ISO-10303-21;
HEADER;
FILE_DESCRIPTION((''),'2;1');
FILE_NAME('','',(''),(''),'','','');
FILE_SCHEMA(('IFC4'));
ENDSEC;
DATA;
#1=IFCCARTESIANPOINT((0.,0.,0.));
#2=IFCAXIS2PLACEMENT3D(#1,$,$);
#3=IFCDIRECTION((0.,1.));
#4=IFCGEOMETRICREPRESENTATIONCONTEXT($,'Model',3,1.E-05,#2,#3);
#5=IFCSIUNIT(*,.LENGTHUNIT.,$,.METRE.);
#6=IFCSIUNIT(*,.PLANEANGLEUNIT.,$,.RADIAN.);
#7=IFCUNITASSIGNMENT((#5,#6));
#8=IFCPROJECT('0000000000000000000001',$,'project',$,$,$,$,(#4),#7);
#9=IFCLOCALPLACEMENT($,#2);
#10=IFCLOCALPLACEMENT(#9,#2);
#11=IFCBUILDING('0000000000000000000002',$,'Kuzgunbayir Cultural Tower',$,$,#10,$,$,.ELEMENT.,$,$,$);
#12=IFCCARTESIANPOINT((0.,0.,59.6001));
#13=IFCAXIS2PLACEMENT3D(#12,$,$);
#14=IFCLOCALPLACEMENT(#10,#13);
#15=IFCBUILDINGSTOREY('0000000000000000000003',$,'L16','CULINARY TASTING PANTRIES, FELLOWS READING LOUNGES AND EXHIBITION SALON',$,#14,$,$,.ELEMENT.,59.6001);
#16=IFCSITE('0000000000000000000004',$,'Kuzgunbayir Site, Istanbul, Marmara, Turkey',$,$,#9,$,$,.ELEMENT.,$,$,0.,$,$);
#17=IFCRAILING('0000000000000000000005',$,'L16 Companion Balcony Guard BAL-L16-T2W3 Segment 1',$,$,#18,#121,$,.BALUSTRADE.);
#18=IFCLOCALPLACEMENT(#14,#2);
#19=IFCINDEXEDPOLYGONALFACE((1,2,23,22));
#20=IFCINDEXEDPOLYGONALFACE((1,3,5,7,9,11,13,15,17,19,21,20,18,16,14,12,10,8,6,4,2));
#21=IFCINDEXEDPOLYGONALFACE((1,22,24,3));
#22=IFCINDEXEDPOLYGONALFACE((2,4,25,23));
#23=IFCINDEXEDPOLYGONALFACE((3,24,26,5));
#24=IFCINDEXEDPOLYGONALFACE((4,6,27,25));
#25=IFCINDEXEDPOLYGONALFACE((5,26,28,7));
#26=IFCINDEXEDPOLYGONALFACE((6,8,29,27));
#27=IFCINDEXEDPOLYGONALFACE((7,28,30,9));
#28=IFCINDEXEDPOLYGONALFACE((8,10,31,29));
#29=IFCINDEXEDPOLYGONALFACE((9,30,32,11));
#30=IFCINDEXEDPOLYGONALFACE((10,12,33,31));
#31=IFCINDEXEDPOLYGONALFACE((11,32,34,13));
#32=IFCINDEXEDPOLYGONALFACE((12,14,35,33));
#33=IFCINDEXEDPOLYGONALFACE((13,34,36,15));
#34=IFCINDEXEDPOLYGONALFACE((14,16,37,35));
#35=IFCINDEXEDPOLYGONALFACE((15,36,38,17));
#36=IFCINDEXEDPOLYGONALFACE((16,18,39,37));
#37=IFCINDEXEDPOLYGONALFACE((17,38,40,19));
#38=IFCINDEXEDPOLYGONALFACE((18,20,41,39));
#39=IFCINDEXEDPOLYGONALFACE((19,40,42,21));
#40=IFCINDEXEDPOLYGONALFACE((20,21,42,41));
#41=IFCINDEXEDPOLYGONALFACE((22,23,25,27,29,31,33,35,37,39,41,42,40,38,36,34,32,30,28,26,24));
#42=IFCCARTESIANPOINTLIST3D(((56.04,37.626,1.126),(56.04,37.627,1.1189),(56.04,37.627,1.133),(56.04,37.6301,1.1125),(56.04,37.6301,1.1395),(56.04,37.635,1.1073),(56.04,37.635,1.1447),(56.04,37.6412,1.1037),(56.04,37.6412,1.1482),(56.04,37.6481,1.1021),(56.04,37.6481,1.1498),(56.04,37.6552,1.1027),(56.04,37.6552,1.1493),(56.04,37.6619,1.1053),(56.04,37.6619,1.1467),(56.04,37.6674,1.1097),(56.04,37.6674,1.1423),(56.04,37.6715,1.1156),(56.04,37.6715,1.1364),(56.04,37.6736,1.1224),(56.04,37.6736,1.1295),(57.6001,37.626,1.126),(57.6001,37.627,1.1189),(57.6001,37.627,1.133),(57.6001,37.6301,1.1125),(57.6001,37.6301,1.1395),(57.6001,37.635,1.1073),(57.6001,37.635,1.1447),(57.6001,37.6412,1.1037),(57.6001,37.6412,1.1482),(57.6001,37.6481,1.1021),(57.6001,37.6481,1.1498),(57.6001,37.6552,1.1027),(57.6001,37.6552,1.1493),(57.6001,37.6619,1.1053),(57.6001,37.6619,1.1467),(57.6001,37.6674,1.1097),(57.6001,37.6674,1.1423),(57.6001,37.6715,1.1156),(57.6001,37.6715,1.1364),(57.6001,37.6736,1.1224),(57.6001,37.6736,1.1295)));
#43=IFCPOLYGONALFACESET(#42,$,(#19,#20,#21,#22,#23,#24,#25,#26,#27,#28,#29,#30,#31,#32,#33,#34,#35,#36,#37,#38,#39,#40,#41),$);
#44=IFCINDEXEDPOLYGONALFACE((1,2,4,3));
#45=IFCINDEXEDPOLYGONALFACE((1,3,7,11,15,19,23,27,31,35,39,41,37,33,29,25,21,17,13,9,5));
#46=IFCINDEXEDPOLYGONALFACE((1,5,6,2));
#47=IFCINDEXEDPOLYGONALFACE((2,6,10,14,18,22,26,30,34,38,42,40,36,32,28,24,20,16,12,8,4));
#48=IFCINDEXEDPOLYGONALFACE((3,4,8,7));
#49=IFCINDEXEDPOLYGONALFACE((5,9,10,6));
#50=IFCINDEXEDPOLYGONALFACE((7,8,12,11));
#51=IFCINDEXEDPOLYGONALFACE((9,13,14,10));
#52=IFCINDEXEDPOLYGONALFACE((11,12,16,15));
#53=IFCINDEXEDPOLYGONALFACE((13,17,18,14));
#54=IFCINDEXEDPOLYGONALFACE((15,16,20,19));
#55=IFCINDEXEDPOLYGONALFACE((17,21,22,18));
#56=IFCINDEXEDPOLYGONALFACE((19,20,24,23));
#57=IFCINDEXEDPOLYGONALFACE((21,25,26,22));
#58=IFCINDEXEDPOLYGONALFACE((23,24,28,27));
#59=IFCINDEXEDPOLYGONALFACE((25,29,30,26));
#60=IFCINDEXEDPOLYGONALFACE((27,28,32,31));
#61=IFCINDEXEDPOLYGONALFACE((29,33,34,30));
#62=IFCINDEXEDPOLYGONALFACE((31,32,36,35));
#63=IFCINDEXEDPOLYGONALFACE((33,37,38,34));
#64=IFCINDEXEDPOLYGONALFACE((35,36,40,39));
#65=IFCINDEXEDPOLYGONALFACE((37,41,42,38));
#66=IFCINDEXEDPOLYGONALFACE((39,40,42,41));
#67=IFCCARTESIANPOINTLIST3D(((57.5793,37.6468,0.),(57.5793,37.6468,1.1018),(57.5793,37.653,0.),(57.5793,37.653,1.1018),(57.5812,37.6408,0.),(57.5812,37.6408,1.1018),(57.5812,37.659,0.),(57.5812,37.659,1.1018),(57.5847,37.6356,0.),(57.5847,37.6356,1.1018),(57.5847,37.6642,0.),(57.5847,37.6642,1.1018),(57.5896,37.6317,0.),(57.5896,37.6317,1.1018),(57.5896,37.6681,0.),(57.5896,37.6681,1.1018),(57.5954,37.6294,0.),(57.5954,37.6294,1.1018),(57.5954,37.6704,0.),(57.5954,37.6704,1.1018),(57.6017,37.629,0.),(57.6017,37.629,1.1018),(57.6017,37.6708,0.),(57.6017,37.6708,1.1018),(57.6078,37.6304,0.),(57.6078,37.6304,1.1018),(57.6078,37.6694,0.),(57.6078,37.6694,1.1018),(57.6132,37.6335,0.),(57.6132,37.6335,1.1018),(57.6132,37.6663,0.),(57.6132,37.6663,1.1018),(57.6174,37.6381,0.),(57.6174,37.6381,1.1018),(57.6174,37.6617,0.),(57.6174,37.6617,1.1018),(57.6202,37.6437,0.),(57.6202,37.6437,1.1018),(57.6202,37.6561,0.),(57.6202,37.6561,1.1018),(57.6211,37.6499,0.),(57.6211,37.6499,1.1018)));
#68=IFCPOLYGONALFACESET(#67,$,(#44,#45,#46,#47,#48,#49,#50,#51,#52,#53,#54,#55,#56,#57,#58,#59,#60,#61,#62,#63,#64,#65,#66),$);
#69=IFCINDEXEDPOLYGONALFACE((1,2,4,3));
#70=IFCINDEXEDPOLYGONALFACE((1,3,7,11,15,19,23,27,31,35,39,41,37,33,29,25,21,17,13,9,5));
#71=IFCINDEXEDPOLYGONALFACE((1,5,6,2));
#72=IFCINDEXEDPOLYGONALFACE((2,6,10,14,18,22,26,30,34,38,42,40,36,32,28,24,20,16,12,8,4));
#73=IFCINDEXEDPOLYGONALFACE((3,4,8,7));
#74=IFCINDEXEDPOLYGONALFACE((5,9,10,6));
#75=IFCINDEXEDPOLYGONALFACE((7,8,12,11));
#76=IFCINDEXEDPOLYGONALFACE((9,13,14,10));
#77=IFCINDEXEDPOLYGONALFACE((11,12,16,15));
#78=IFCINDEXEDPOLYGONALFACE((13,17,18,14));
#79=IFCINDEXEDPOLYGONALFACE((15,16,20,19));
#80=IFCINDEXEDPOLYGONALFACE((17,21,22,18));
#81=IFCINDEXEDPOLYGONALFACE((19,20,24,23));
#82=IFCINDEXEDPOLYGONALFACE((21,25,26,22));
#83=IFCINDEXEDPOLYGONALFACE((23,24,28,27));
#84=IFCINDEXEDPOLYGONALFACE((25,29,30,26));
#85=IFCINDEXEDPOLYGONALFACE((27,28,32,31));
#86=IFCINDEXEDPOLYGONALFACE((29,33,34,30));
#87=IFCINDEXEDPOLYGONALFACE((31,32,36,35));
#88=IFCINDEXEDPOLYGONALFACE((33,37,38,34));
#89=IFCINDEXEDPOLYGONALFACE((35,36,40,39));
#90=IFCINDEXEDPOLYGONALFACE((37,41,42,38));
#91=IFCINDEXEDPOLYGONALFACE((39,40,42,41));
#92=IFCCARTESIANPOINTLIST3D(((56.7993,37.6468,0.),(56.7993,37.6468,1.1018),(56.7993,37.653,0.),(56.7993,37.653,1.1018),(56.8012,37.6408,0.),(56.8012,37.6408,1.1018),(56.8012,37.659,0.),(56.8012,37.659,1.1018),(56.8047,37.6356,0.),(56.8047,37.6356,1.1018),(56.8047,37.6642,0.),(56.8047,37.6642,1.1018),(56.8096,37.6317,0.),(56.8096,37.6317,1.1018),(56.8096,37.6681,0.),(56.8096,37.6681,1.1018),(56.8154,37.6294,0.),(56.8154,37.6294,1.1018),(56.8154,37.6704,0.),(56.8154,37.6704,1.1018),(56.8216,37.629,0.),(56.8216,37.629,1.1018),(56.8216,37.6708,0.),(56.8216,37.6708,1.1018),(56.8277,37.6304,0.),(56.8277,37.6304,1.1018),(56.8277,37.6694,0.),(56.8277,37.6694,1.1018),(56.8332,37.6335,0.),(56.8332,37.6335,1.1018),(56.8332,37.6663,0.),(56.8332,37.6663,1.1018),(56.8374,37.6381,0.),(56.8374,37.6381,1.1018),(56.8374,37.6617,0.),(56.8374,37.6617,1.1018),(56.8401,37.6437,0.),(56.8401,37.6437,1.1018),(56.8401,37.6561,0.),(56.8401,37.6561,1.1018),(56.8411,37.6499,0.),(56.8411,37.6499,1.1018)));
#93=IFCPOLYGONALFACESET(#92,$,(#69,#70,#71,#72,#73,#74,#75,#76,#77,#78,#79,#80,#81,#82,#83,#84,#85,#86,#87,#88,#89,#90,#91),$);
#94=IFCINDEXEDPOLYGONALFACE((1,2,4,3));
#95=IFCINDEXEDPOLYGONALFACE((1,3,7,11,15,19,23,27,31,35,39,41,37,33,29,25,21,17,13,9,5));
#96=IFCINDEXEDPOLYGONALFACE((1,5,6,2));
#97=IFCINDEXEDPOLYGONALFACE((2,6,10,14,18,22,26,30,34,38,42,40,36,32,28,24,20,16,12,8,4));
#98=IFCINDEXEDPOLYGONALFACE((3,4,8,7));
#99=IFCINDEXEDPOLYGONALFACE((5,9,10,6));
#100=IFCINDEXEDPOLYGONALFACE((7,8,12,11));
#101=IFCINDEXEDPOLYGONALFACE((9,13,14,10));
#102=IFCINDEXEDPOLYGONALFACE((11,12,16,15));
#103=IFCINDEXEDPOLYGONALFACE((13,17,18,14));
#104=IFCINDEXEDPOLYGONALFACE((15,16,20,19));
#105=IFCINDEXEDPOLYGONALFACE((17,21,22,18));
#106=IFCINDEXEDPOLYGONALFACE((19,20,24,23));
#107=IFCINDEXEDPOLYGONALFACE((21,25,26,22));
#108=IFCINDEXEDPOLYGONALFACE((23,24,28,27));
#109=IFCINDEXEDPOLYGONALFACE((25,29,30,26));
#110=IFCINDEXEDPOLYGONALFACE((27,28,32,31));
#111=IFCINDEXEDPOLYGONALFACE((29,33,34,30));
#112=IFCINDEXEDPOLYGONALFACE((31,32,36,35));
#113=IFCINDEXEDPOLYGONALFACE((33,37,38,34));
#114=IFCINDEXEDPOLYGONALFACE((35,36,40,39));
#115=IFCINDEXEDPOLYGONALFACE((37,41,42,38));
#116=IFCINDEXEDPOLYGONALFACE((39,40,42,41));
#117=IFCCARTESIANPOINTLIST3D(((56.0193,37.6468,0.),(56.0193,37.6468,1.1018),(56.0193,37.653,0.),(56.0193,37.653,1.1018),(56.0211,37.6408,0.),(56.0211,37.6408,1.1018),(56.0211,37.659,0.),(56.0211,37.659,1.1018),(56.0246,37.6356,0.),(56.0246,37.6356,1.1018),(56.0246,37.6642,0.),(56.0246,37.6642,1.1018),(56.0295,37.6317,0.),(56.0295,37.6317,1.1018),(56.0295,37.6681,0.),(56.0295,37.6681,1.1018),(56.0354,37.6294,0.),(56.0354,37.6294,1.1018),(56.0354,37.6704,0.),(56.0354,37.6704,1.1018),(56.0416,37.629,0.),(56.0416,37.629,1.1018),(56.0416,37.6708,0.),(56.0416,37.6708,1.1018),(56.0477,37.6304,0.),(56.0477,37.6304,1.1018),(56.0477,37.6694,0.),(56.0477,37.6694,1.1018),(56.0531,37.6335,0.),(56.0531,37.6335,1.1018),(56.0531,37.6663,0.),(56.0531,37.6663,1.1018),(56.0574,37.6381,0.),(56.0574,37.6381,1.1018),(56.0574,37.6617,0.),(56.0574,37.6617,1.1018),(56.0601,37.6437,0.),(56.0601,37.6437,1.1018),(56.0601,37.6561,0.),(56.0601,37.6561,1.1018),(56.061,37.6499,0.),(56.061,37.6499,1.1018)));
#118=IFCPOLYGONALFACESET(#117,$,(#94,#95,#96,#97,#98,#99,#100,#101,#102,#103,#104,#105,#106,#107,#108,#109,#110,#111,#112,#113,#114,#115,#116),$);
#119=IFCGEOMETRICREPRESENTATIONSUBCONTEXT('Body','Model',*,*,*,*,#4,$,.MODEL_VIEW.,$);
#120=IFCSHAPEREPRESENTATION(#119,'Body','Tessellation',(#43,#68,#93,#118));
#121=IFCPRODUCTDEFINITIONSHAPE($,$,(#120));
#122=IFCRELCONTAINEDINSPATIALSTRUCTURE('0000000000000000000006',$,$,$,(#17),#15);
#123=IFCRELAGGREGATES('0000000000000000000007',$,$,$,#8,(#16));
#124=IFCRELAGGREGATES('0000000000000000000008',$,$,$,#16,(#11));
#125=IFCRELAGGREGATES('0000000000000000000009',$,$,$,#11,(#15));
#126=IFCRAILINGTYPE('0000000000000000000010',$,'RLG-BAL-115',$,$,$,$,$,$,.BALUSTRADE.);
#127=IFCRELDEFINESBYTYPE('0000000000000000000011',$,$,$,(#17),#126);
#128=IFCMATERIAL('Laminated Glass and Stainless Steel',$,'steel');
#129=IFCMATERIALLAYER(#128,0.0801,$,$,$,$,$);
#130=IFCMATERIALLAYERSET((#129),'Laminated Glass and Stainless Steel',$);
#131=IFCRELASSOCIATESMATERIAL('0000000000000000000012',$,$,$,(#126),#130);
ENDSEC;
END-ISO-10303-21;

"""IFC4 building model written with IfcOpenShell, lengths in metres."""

from ifc_helpers import new_model, si_unit, direction, frame, origin, origin_2d, place, context, subcontext, project, spatial, circle, extrude, material, layer, layer_set, type_object, element, save


model = new_model("IFC4")

# Units and contexts
model_context = context("Model", 3, precision=1e-05, world=origin(), true_north=direction((0.0, 1.0)))
body_context = subcontext(model_context, "Body", "Model", "MODEL_VIEW")
ifc_project = project(units=[si_unit("LENGTHUNIT", "METRE"), si_unit("PLANEANGLEUNIT", "RADIAN")], contexts=[model_context])

# Site, building, storey
site_placement = place(None, origin())
site = spatial("IfcSite", under=ifc_project, at=site_placement, Name="Kuzgunbayir Site, Istanbul, Marmara, Turkey", CompositionType="ELEMENT", RefElevation=0.0)
building_placement = place(site_placement, origin())
building = spatial("IfcBuilding", under=site, at=building_placement, Name="Kuzgunbayir Cultural Tower", CompositionType="ELEMENT")
storey_placement = place(building_placement, frame((0.0, 0.0, 59.6001)))
storey = spatial("IfcBuildingStorey", under=building, at=storey_placement, Name="L16", Description="CULINARY TASTING PANTRIES, FELLOWS READING LOUNGES AND EXHIBITION SALON", CompositionType="ELEMENT", Elevation=59.6001)

# Railing
ifc_material_1 = material(Name="Laminated Glass and Stainless Steel", Category="steel")
ifc_layer_1 = layer(ifc_material_1, 0.0801)
ifc_layer_set_1 = layer_set([ifc_layer_1], Name="Laminated Glass and Stainless Steel")
railing_type = type_object("IfcRailingType", Name="RLG-BAL-115", PredefinedType="BALUSTRADE", material=ifc_layer_set_1)
railing_1_placement = place(storey_placement, frame((57.6001, 37.6499, 0.0)))
element("IfcRailing", 1, at=railing_1_placement, inside=storey, type_object=railing_type, Name="L16 Companion Balcony Guard BAL-L16-T2W3 Segment 1", PredefinedType="BALUSTRADE", context=body_context, shape_type="SweptSolid", body=[
    extrude(circle(Radius=0.0239, at=origin_2d()), frame((0.0, 0.0, 1.126), z_axis=(-1.0, 0.0, 0.0), x_axis=(0.0, -1.0, 0.0)), (0.0, 0.0, 1.0), 1.5601),
    extrude(circle(Radius=0.021, at=origin_2d()), origin(), (0.0, 0.0, 1.0), 1.1018),
    extrude(circle(Radius=0.021, at=origin_2d()), frame((-0.78, 0.0, 0.0)), (0.0, 0.0, 1.0), 1.1018),
    extrude(circle(Radius=0.021, at=origin_2d()), frame((-1.5601, 0.0, 0.0)), (0.0, 0.0, 1.0), 1.1018),
])

save(model, "model.ifc")
